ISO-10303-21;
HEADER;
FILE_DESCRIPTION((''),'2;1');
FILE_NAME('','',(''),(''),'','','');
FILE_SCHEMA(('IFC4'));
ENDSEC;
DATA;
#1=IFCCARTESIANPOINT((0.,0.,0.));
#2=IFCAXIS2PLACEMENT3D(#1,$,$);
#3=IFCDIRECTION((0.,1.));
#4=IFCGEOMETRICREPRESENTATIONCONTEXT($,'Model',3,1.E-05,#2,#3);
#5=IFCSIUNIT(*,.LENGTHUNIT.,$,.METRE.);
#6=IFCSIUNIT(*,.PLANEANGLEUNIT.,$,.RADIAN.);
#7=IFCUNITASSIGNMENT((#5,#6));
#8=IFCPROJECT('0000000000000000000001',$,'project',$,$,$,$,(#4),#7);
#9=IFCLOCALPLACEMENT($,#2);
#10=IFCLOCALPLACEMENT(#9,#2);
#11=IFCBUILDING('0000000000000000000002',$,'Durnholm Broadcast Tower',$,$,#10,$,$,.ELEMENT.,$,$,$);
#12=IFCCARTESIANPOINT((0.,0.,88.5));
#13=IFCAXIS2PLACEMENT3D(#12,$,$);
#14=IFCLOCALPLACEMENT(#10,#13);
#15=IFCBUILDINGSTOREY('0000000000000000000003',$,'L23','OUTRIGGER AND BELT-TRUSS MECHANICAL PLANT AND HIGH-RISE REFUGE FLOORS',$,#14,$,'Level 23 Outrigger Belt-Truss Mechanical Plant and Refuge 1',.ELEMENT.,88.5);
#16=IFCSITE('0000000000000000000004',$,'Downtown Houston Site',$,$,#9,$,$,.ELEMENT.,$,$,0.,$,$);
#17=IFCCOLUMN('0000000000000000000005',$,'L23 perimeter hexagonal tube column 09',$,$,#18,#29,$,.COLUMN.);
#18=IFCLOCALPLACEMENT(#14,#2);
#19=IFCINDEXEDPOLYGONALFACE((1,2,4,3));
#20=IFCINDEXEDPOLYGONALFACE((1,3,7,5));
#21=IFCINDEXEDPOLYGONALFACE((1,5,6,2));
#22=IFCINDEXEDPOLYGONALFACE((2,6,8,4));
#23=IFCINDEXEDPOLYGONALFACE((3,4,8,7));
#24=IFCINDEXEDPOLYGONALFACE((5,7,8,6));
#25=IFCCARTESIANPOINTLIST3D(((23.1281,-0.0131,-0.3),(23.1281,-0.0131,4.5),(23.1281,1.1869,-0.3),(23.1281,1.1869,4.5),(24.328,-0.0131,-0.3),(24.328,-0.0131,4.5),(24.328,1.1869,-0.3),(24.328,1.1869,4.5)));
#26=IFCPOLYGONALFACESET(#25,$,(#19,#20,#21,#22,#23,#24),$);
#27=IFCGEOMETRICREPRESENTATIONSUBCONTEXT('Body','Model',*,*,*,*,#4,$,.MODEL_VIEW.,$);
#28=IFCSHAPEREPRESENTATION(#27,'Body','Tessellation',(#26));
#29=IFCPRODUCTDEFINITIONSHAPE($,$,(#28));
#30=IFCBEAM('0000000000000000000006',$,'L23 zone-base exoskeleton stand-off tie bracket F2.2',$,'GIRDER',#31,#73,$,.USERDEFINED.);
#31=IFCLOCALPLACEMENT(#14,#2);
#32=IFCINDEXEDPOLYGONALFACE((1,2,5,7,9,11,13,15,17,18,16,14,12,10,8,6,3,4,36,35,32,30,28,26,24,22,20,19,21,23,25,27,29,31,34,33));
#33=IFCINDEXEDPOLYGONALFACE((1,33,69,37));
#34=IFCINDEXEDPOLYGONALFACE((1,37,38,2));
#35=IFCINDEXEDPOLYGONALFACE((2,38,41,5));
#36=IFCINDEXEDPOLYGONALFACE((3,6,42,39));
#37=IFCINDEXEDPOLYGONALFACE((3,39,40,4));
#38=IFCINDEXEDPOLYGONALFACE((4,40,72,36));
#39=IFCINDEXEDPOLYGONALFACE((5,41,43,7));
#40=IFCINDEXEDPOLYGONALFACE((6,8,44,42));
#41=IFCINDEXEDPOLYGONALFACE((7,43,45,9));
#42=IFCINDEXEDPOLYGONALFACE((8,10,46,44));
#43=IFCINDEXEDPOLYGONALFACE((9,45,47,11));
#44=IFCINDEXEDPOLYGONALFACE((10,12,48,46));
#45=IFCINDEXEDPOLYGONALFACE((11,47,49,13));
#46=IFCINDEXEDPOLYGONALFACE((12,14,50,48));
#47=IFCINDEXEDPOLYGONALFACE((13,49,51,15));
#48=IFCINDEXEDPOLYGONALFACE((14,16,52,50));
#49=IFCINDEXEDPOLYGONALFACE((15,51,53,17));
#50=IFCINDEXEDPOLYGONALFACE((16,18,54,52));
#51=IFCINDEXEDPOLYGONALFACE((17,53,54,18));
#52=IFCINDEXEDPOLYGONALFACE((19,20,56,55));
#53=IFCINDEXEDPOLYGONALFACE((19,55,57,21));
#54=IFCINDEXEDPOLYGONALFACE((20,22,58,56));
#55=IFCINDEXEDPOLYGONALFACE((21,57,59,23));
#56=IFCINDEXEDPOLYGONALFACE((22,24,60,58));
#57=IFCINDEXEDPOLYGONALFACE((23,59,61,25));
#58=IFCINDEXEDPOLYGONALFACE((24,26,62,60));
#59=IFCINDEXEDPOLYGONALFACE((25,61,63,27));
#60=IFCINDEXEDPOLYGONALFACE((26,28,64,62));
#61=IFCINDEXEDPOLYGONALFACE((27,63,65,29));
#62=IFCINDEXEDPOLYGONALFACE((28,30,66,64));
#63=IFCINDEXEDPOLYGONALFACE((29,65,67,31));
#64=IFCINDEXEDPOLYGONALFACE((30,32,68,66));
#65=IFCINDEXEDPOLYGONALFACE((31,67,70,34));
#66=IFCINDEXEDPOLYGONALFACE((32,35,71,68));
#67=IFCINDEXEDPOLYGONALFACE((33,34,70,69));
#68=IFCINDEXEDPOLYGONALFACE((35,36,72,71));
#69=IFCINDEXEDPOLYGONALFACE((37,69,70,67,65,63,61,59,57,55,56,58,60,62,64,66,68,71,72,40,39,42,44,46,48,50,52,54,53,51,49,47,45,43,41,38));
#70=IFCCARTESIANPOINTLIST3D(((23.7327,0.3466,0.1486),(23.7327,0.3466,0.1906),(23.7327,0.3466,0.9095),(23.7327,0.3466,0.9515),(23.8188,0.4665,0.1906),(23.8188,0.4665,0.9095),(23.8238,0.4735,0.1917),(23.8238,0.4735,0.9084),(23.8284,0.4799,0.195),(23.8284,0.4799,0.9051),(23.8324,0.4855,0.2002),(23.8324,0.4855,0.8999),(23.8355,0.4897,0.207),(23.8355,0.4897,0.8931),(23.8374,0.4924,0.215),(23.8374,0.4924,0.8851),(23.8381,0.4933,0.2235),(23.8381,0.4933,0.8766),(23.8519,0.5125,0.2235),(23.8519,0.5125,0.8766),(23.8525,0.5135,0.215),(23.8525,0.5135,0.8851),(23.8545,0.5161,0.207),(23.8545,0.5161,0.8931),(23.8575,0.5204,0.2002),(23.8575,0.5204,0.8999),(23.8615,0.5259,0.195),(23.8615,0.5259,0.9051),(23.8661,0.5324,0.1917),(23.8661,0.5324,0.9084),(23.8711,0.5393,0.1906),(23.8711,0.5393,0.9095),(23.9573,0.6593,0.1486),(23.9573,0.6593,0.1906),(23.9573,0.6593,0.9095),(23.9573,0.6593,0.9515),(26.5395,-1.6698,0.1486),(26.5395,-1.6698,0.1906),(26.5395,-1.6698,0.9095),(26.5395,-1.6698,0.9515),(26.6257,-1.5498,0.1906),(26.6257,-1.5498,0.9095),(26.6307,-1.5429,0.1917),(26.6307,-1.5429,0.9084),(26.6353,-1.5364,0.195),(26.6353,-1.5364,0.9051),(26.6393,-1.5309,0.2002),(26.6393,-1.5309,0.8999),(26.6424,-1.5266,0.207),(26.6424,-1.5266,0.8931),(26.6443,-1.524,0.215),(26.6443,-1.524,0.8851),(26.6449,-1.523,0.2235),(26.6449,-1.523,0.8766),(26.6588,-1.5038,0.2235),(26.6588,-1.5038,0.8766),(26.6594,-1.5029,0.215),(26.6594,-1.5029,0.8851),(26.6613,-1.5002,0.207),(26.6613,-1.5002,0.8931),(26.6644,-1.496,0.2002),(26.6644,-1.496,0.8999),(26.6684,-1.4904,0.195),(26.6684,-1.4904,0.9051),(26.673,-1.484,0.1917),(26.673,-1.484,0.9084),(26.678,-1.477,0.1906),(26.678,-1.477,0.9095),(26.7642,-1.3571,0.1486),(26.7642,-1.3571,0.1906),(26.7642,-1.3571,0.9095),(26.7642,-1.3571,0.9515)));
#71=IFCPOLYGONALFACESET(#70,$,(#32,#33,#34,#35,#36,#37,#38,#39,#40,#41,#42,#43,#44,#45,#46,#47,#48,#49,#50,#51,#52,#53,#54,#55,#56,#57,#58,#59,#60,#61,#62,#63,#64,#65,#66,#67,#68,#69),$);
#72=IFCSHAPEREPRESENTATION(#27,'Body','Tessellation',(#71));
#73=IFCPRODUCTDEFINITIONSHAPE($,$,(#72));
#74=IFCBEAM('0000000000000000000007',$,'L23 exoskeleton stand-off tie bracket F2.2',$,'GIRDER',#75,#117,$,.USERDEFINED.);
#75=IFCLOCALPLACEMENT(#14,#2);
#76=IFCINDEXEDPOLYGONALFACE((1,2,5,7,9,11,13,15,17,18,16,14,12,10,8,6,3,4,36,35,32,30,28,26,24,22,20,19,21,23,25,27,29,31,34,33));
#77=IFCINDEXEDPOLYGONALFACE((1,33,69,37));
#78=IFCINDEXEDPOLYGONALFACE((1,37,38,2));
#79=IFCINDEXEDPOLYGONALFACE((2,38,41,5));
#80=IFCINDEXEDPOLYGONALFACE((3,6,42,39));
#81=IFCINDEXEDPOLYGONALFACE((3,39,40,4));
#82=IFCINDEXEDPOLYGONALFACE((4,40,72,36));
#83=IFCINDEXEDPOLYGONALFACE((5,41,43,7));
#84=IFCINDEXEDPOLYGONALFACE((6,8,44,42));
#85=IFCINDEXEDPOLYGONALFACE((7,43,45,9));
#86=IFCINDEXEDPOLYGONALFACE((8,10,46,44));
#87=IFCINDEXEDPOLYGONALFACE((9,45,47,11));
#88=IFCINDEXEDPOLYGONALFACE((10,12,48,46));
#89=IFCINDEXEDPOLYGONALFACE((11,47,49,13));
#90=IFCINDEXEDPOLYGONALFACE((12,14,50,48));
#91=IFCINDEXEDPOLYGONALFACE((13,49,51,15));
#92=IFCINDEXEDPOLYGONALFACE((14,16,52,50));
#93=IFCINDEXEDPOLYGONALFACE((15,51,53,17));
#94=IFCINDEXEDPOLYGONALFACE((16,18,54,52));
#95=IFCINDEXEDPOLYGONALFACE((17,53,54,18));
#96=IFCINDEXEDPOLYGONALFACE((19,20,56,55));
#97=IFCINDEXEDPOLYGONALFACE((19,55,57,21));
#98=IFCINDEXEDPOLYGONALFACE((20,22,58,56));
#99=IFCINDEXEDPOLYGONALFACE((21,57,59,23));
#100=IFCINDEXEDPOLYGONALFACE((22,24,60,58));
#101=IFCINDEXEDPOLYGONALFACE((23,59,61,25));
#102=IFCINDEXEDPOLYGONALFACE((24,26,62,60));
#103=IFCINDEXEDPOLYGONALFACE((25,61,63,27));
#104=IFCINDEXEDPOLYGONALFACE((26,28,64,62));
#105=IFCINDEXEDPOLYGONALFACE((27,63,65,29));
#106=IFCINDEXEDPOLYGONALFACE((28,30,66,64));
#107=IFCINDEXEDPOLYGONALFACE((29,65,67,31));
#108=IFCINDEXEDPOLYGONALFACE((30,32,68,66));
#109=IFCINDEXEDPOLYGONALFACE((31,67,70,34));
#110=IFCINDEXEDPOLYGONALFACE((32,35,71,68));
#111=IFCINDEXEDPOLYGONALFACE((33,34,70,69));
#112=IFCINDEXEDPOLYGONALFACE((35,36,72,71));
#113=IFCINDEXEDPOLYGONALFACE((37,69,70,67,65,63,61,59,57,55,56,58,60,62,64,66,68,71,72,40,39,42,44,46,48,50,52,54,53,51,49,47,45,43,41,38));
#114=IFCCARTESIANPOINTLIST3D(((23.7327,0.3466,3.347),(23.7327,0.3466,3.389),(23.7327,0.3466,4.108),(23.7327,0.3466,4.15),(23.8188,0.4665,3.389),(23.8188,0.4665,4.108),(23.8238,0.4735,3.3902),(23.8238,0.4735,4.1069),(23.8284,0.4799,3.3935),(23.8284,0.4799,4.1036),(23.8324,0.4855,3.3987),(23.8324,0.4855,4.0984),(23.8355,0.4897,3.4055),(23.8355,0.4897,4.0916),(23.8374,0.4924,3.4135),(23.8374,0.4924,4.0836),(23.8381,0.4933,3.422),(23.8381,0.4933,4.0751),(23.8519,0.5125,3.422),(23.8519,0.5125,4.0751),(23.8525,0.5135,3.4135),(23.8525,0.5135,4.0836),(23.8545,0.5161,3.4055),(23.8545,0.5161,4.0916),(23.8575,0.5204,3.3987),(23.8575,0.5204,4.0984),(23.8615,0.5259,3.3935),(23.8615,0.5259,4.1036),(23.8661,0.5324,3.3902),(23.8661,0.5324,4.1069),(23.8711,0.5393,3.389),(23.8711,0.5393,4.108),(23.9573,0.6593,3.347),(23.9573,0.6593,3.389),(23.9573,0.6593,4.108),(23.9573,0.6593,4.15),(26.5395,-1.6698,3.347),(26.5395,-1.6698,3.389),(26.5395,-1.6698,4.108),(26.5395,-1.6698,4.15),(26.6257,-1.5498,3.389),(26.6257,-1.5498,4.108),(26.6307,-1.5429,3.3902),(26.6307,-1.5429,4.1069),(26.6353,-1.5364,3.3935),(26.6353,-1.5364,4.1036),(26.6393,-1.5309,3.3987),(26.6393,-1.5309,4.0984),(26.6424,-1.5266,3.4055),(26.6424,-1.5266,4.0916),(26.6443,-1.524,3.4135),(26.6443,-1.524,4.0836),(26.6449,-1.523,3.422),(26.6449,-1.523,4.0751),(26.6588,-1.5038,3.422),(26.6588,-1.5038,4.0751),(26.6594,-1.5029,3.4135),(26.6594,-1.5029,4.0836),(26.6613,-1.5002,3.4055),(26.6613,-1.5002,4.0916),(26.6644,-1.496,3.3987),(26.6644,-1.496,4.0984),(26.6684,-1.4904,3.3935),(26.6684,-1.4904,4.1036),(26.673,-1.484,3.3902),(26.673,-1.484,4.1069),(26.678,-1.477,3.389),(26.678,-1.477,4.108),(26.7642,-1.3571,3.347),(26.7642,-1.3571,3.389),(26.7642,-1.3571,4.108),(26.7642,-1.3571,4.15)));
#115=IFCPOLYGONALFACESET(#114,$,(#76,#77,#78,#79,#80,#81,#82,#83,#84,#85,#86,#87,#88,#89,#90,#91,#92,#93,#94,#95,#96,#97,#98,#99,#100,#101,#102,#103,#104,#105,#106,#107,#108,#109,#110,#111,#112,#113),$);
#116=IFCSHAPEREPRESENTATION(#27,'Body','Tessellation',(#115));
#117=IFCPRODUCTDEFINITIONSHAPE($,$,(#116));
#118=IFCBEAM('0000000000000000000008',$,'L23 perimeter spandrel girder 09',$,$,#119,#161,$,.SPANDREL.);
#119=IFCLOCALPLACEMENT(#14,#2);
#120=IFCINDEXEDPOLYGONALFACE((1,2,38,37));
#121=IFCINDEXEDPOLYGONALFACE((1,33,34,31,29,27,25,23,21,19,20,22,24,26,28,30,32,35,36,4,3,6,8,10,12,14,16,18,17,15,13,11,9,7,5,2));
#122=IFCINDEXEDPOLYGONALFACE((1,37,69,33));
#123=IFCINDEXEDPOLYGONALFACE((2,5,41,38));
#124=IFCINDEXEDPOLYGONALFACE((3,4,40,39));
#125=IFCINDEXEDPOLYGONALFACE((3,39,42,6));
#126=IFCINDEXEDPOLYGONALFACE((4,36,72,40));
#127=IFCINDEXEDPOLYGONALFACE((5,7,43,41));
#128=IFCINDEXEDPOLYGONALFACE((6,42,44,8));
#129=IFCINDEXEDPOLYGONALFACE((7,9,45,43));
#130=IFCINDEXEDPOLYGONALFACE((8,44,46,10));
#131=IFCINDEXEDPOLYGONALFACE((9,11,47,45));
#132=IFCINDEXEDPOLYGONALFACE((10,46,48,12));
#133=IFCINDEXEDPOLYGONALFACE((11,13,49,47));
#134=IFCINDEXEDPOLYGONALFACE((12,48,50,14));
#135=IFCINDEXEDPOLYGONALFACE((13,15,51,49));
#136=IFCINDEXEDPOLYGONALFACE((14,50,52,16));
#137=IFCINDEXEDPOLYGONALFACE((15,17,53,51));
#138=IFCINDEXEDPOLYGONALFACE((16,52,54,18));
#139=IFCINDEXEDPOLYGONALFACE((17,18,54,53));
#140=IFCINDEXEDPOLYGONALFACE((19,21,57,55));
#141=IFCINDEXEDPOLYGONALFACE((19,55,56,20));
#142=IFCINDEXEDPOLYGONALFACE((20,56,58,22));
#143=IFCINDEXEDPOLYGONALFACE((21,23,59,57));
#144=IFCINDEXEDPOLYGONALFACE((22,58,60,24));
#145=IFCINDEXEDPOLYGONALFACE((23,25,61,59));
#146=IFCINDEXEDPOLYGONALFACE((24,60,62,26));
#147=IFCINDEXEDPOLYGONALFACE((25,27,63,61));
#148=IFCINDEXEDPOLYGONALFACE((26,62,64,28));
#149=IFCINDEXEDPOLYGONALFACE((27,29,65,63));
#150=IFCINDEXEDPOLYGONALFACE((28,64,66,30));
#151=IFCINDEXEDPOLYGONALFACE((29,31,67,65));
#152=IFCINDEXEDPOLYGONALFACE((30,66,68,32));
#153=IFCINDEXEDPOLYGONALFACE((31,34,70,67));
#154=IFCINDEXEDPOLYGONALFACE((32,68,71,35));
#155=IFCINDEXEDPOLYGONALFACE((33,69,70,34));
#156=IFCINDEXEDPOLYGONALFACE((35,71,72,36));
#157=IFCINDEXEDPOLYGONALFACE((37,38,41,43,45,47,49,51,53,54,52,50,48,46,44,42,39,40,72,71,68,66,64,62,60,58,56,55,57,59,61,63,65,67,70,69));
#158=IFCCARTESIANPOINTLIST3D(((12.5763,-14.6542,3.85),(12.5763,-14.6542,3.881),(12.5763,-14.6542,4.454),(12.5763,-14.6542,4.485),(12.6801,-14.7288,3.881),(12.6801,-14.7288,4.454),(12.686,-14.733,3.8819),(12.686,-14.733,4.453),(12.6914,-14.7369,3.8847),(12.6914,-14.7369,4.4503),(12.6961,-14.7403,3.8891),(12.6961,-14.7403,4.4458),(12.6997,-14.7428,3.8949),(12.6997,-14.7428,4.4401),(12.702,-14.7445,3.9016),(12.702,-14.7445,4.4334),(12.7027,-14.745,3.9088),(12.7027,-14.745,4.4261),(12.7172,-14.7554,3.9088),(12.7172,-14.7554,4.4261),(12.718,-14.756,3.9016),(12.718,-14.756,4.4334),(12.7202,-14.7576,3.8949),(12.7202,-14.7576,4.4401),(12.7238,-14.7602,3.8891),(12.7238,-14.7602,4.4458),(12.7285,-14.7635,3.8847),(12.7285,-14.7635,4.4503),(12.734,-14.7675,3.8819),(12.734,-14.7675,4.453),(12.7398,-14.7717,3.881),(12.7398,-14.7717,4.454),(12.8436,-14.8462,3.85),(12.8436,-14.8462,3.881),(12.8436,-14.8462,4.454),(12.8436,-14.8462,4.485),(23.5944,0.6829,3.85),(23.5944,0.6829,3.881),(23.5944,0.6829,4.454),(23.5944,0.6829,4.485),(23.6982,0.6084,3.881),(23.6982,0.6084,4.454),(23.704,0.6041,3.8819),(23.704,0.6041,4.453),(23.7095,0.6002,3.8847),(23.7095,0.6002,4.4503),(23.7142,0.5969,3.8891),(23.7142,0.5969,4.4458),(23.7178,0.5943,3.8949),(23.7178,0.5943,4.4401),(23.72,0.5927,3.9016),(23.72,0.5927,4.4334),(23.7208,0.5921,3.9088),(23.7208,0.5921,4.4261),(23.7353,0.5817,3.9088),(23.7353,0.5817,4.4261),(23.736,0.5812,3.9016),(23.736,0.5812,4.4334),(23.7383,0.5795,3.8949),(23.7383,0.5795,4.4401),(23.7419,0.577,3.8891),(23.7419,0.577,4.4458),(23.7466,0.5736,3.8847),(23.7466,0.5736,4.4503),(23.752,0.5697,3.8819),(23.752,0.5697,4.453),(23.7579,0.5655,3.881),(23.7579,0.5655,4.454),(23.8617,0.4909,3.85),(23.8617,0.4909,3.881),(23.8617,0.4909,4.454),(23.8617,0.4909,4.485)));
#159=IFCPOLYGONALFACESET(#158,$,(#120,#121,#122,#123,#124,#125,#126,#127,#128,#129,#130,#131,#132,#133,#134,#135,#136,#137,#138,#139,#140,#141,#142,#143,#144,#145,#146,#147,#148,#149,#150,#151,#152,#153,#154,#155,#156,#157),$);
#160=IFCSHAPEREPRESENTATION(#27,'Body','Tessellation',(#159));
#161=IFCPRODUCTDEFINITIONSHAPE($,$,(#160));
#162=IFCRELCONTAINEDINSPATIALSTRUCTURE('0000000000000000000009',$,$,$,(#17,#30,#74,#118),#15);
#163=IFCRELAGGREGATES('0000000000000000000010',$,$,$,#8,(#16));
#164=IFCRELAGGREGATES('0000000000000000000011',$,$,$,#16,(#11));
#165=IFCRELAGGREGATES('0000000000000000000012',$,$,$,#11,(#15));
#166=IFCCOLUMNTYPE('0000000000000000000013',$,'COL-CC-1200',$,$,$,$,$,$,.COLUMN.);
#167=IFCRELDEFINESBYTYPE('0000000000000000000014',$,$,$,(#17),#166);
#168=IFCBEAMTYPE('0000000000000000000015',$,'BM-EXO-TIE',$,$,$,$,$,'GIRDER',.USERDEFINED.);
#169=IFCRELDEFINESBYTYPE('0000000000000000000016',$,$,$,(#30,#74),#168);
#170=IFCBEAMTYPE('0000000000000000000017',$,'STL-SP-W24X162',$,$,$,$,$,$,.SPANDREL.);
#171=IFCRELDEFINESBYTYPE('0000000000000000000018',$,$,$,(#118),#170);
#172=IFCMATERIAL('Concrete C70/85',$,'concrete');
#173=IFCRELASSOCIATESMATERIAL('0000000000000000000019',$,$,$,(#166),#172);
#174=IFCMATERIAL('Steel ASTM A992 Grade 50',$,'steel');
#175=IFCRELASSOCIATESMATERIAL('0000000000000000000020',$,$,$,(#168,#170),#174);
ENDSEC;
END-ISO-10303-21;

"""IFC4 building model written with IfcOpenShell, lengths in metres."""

from ifc_helpers import new_model, si_unit, direction, frame, origin, origin_2d, place, context, subcontext, project, spatial, rectangle, i_section, extrude, source, transform, mapped, material, material_profile, profile_set, type_object, type_shapes, element, save


model = new_model("IFC4")

# Units and contexts
model_context = context("Model", 3, precision=1e-05, world=origin(), true_north=direction((0.0, 1.0)))
body_context = subcontext(model_context, "Body", "Model", "MODEL_VIEW")
ifc_project = project(units=[si_unit("LENGTHUNIT", "METRE"), si_unit("PLANEANGLEUNIT", "RADIAN")], contexts=[model_context])

# Site, building, storey
site_placement = place(None, origin())
site = spatial("IfcSite", under=ifc_project, at=site_placement, Name="Downtown Houston Site", CompositionType="ELEMENT", RefElevation=0.0)
building_placement = place(site_placement, origin())
building = spatial("IfcBuilding", under=site, at=building_placement, Name="Durnholm Broadcast Tower", CompositionType="ELEMENT")
storey_placement = place(building_placement, frame((0.0, 0.0, 88.5)))
storey = spatial("IfcBuildingStorey", under=building, at=storey_placement, Name="L23", Description="OUTRIGGER AND BELT-TRUSS MECHANICAL PLANT AND HIGH-RISE REFUGE FLOORS", LongName="Level 23 Outrigger Belt-Truss Mechanical Plant and Refuge 1", CompositionType="ELEMENT", Elevation=88.5)

# Column
ifc_material_1 = material(Name="Concrete C70/85", Category="concrete")
ifc_material_profile_1 = material_profile(ifc_material_1, rectangle(XDim=1.2, YDim=1.2, at=origin_2d()), Name="RC1200X1200")
ifc_profile_set_1 = profile_set([ifc_material_profile_1], Name="Concrete C70/85")
column_type = type_object("IfcColumnType", Name="COL-CC-1200", PredefinedType="COLUMN", material=ifc_profile_set_1)
shared_shape_1 = source(origin(), body_context, "Body", "SweptSolid", [
    extrude(rectangle(XDim=1.2, YDim=1.2, at=origin_2d()), origin(), (0.0, 0.0, 1.0), 4.8),
])
type_shapes(column_type, [shared_shape_1])
column_placement = place(storey_placement, frame((23.728, 0.5869, -0.3), z_axis=(0.0, 0.0, 1.0), x_axis=(1.0, 0.0, 0.0)))
element("IfcColumn", 1, at=column_placement, inside=storey, type_object=column_type, Name="L23 perimeter hexagonal tube column 09", PredefinedType="COLUMN", context=body_context, shape_type="MappedRepresentation", body=[
    mapped(shared_shape_1, transform((0.0, 0.0, 0.0), x_axis=(1.0, 0.0, 0.0), y_axis=(0.0, 1.0, 0.0), z_axis=(0.0, 0.0, 1.0), scale=1.0)),
])

# Beams
ifc_material_2 = material(Name="Steel ASTM A992 Grade 50", Category="steel")
ifc_material_profile_2 = material_profile(ifc_material_2, i_section(OverallWidth=0.385, OverallDepth=0.803, WebThickness=0.0237, FlangeThickness=0.042, FilletRadius=0.033, at=origin_2d()), Name="W30X261")
ifc_profile_set_2 = profile_set([ifc_material_profile_2], Name="Steel ASTM A992 Grade 50")
beam_type_1 = type_object("IfcBeamType", Name="BM-EXO-TIE", ElementType="GIRDER", PredefinedType="USERDEFINED", material=ifc_profile_set_2)
shared_shape_2 = source(origin(), body_context, "Body", "SweptSolid", [
    extrude(i_section(OverallWidth=0.385, OverallDepth=0.803, WebThickness=0.0237, FlangeThickness=0.042, FilletRadius=0.033, at=origin_2d()), origin(), (0.0, 0.0, 1.0), 3.4561),
])
type_shapes(beam_type_1, [shared_shape_2])
for number, where, z_axis, x_axis, name in (
    (2, (23.845, 0.5029, 0.55), (0.812165, -0.583428, 0.0), (0.583428, 0.812165, 0.0), "L23 zone-base exoskeleton stand-off tie bracket F2.2"),
    (3, (23.845, 0.5029, 3.7485), (0.812165, -0.583428, 0.0), (0.583428, 0.812165, 0.0), "L23 exoskeleton stand-off tie bracket F2.2"),
):
    element("IfcBeam", number, at=place(storey_placement, frame(where, z_axis=z_axis, x_axis=x_axis)), inside=storey, type_object=beam_type_1, Name=name, ObjectType="GIRDER", PredefinedType="USERDEFINED", context=body_context, shape_type="MappedRepresentation", body=[
        mapped(shared_shape_2, transform((0.0, 0.0, 0.0), x_axis=(1.0, 0.0, 0.0), y_axis=(0.0, 1.0, 0.0), z_axis=(0.0, 0.0, 1.0), scale=1.0)),
    ])
ifc_material_profile_3 = material_profile(ifc_material_2, i_section(OverallWidth=0.3291, OverallDepth=0.635, WebThickness=0.0178, FlangeThickness=0.031, FilletRadius=0.0278, at=origin_2d()), Name="W24X162")
ifc_profile_set_3 = profile_set([ifc_material_profile_3], Name="Steel ASTM A992 Grade 50")
beam_type_2 = type_object("IfcBeamType", Name="STL-SP-W24X162", PredefinedType="SPANDREL", material=ifc_profile_set_3)
shared_shape_3 = source(origin(), body_context, "Body", "SweptSolid", [
    extrude(i_section(OverallWidth=0.3291, OverallDepth=0.635, WebThickness=0.0178, FlangeThickness=0.031, FilletRadius=0.0278, at=origin_2d()), origin(), (0.0, 0.0, 1.0), 18.8845),
])
type_shapes(beam_type_2, [shared_shape_3])
beam_placement = place(storey_placement, frame((23.728, 0.5869, 4.1675), z_axis=(-0.583443, -0.812154, 0.0), x_axis=(0.812154, -0.583443, 0.0)))
element("IfcBeam", 4, at=beam_placement, inside=storey, type_object=beam_type_2, Name="L23 perimeter spandrel girder 09", PredefinedType="SPANDREL", context=body_context, shape_type="MappedRepresentation", body=[
    mapped(shared_shape_3, transform((0.0, 0.0, 0.0), x_axis=(1.0, 0.0, 0.0), y_axis=(0.0, 1.0, 0.0), z_axis=(0.0, 0.0, 1.0), scale=1.0)),
])

save(model, "model.ifc")
